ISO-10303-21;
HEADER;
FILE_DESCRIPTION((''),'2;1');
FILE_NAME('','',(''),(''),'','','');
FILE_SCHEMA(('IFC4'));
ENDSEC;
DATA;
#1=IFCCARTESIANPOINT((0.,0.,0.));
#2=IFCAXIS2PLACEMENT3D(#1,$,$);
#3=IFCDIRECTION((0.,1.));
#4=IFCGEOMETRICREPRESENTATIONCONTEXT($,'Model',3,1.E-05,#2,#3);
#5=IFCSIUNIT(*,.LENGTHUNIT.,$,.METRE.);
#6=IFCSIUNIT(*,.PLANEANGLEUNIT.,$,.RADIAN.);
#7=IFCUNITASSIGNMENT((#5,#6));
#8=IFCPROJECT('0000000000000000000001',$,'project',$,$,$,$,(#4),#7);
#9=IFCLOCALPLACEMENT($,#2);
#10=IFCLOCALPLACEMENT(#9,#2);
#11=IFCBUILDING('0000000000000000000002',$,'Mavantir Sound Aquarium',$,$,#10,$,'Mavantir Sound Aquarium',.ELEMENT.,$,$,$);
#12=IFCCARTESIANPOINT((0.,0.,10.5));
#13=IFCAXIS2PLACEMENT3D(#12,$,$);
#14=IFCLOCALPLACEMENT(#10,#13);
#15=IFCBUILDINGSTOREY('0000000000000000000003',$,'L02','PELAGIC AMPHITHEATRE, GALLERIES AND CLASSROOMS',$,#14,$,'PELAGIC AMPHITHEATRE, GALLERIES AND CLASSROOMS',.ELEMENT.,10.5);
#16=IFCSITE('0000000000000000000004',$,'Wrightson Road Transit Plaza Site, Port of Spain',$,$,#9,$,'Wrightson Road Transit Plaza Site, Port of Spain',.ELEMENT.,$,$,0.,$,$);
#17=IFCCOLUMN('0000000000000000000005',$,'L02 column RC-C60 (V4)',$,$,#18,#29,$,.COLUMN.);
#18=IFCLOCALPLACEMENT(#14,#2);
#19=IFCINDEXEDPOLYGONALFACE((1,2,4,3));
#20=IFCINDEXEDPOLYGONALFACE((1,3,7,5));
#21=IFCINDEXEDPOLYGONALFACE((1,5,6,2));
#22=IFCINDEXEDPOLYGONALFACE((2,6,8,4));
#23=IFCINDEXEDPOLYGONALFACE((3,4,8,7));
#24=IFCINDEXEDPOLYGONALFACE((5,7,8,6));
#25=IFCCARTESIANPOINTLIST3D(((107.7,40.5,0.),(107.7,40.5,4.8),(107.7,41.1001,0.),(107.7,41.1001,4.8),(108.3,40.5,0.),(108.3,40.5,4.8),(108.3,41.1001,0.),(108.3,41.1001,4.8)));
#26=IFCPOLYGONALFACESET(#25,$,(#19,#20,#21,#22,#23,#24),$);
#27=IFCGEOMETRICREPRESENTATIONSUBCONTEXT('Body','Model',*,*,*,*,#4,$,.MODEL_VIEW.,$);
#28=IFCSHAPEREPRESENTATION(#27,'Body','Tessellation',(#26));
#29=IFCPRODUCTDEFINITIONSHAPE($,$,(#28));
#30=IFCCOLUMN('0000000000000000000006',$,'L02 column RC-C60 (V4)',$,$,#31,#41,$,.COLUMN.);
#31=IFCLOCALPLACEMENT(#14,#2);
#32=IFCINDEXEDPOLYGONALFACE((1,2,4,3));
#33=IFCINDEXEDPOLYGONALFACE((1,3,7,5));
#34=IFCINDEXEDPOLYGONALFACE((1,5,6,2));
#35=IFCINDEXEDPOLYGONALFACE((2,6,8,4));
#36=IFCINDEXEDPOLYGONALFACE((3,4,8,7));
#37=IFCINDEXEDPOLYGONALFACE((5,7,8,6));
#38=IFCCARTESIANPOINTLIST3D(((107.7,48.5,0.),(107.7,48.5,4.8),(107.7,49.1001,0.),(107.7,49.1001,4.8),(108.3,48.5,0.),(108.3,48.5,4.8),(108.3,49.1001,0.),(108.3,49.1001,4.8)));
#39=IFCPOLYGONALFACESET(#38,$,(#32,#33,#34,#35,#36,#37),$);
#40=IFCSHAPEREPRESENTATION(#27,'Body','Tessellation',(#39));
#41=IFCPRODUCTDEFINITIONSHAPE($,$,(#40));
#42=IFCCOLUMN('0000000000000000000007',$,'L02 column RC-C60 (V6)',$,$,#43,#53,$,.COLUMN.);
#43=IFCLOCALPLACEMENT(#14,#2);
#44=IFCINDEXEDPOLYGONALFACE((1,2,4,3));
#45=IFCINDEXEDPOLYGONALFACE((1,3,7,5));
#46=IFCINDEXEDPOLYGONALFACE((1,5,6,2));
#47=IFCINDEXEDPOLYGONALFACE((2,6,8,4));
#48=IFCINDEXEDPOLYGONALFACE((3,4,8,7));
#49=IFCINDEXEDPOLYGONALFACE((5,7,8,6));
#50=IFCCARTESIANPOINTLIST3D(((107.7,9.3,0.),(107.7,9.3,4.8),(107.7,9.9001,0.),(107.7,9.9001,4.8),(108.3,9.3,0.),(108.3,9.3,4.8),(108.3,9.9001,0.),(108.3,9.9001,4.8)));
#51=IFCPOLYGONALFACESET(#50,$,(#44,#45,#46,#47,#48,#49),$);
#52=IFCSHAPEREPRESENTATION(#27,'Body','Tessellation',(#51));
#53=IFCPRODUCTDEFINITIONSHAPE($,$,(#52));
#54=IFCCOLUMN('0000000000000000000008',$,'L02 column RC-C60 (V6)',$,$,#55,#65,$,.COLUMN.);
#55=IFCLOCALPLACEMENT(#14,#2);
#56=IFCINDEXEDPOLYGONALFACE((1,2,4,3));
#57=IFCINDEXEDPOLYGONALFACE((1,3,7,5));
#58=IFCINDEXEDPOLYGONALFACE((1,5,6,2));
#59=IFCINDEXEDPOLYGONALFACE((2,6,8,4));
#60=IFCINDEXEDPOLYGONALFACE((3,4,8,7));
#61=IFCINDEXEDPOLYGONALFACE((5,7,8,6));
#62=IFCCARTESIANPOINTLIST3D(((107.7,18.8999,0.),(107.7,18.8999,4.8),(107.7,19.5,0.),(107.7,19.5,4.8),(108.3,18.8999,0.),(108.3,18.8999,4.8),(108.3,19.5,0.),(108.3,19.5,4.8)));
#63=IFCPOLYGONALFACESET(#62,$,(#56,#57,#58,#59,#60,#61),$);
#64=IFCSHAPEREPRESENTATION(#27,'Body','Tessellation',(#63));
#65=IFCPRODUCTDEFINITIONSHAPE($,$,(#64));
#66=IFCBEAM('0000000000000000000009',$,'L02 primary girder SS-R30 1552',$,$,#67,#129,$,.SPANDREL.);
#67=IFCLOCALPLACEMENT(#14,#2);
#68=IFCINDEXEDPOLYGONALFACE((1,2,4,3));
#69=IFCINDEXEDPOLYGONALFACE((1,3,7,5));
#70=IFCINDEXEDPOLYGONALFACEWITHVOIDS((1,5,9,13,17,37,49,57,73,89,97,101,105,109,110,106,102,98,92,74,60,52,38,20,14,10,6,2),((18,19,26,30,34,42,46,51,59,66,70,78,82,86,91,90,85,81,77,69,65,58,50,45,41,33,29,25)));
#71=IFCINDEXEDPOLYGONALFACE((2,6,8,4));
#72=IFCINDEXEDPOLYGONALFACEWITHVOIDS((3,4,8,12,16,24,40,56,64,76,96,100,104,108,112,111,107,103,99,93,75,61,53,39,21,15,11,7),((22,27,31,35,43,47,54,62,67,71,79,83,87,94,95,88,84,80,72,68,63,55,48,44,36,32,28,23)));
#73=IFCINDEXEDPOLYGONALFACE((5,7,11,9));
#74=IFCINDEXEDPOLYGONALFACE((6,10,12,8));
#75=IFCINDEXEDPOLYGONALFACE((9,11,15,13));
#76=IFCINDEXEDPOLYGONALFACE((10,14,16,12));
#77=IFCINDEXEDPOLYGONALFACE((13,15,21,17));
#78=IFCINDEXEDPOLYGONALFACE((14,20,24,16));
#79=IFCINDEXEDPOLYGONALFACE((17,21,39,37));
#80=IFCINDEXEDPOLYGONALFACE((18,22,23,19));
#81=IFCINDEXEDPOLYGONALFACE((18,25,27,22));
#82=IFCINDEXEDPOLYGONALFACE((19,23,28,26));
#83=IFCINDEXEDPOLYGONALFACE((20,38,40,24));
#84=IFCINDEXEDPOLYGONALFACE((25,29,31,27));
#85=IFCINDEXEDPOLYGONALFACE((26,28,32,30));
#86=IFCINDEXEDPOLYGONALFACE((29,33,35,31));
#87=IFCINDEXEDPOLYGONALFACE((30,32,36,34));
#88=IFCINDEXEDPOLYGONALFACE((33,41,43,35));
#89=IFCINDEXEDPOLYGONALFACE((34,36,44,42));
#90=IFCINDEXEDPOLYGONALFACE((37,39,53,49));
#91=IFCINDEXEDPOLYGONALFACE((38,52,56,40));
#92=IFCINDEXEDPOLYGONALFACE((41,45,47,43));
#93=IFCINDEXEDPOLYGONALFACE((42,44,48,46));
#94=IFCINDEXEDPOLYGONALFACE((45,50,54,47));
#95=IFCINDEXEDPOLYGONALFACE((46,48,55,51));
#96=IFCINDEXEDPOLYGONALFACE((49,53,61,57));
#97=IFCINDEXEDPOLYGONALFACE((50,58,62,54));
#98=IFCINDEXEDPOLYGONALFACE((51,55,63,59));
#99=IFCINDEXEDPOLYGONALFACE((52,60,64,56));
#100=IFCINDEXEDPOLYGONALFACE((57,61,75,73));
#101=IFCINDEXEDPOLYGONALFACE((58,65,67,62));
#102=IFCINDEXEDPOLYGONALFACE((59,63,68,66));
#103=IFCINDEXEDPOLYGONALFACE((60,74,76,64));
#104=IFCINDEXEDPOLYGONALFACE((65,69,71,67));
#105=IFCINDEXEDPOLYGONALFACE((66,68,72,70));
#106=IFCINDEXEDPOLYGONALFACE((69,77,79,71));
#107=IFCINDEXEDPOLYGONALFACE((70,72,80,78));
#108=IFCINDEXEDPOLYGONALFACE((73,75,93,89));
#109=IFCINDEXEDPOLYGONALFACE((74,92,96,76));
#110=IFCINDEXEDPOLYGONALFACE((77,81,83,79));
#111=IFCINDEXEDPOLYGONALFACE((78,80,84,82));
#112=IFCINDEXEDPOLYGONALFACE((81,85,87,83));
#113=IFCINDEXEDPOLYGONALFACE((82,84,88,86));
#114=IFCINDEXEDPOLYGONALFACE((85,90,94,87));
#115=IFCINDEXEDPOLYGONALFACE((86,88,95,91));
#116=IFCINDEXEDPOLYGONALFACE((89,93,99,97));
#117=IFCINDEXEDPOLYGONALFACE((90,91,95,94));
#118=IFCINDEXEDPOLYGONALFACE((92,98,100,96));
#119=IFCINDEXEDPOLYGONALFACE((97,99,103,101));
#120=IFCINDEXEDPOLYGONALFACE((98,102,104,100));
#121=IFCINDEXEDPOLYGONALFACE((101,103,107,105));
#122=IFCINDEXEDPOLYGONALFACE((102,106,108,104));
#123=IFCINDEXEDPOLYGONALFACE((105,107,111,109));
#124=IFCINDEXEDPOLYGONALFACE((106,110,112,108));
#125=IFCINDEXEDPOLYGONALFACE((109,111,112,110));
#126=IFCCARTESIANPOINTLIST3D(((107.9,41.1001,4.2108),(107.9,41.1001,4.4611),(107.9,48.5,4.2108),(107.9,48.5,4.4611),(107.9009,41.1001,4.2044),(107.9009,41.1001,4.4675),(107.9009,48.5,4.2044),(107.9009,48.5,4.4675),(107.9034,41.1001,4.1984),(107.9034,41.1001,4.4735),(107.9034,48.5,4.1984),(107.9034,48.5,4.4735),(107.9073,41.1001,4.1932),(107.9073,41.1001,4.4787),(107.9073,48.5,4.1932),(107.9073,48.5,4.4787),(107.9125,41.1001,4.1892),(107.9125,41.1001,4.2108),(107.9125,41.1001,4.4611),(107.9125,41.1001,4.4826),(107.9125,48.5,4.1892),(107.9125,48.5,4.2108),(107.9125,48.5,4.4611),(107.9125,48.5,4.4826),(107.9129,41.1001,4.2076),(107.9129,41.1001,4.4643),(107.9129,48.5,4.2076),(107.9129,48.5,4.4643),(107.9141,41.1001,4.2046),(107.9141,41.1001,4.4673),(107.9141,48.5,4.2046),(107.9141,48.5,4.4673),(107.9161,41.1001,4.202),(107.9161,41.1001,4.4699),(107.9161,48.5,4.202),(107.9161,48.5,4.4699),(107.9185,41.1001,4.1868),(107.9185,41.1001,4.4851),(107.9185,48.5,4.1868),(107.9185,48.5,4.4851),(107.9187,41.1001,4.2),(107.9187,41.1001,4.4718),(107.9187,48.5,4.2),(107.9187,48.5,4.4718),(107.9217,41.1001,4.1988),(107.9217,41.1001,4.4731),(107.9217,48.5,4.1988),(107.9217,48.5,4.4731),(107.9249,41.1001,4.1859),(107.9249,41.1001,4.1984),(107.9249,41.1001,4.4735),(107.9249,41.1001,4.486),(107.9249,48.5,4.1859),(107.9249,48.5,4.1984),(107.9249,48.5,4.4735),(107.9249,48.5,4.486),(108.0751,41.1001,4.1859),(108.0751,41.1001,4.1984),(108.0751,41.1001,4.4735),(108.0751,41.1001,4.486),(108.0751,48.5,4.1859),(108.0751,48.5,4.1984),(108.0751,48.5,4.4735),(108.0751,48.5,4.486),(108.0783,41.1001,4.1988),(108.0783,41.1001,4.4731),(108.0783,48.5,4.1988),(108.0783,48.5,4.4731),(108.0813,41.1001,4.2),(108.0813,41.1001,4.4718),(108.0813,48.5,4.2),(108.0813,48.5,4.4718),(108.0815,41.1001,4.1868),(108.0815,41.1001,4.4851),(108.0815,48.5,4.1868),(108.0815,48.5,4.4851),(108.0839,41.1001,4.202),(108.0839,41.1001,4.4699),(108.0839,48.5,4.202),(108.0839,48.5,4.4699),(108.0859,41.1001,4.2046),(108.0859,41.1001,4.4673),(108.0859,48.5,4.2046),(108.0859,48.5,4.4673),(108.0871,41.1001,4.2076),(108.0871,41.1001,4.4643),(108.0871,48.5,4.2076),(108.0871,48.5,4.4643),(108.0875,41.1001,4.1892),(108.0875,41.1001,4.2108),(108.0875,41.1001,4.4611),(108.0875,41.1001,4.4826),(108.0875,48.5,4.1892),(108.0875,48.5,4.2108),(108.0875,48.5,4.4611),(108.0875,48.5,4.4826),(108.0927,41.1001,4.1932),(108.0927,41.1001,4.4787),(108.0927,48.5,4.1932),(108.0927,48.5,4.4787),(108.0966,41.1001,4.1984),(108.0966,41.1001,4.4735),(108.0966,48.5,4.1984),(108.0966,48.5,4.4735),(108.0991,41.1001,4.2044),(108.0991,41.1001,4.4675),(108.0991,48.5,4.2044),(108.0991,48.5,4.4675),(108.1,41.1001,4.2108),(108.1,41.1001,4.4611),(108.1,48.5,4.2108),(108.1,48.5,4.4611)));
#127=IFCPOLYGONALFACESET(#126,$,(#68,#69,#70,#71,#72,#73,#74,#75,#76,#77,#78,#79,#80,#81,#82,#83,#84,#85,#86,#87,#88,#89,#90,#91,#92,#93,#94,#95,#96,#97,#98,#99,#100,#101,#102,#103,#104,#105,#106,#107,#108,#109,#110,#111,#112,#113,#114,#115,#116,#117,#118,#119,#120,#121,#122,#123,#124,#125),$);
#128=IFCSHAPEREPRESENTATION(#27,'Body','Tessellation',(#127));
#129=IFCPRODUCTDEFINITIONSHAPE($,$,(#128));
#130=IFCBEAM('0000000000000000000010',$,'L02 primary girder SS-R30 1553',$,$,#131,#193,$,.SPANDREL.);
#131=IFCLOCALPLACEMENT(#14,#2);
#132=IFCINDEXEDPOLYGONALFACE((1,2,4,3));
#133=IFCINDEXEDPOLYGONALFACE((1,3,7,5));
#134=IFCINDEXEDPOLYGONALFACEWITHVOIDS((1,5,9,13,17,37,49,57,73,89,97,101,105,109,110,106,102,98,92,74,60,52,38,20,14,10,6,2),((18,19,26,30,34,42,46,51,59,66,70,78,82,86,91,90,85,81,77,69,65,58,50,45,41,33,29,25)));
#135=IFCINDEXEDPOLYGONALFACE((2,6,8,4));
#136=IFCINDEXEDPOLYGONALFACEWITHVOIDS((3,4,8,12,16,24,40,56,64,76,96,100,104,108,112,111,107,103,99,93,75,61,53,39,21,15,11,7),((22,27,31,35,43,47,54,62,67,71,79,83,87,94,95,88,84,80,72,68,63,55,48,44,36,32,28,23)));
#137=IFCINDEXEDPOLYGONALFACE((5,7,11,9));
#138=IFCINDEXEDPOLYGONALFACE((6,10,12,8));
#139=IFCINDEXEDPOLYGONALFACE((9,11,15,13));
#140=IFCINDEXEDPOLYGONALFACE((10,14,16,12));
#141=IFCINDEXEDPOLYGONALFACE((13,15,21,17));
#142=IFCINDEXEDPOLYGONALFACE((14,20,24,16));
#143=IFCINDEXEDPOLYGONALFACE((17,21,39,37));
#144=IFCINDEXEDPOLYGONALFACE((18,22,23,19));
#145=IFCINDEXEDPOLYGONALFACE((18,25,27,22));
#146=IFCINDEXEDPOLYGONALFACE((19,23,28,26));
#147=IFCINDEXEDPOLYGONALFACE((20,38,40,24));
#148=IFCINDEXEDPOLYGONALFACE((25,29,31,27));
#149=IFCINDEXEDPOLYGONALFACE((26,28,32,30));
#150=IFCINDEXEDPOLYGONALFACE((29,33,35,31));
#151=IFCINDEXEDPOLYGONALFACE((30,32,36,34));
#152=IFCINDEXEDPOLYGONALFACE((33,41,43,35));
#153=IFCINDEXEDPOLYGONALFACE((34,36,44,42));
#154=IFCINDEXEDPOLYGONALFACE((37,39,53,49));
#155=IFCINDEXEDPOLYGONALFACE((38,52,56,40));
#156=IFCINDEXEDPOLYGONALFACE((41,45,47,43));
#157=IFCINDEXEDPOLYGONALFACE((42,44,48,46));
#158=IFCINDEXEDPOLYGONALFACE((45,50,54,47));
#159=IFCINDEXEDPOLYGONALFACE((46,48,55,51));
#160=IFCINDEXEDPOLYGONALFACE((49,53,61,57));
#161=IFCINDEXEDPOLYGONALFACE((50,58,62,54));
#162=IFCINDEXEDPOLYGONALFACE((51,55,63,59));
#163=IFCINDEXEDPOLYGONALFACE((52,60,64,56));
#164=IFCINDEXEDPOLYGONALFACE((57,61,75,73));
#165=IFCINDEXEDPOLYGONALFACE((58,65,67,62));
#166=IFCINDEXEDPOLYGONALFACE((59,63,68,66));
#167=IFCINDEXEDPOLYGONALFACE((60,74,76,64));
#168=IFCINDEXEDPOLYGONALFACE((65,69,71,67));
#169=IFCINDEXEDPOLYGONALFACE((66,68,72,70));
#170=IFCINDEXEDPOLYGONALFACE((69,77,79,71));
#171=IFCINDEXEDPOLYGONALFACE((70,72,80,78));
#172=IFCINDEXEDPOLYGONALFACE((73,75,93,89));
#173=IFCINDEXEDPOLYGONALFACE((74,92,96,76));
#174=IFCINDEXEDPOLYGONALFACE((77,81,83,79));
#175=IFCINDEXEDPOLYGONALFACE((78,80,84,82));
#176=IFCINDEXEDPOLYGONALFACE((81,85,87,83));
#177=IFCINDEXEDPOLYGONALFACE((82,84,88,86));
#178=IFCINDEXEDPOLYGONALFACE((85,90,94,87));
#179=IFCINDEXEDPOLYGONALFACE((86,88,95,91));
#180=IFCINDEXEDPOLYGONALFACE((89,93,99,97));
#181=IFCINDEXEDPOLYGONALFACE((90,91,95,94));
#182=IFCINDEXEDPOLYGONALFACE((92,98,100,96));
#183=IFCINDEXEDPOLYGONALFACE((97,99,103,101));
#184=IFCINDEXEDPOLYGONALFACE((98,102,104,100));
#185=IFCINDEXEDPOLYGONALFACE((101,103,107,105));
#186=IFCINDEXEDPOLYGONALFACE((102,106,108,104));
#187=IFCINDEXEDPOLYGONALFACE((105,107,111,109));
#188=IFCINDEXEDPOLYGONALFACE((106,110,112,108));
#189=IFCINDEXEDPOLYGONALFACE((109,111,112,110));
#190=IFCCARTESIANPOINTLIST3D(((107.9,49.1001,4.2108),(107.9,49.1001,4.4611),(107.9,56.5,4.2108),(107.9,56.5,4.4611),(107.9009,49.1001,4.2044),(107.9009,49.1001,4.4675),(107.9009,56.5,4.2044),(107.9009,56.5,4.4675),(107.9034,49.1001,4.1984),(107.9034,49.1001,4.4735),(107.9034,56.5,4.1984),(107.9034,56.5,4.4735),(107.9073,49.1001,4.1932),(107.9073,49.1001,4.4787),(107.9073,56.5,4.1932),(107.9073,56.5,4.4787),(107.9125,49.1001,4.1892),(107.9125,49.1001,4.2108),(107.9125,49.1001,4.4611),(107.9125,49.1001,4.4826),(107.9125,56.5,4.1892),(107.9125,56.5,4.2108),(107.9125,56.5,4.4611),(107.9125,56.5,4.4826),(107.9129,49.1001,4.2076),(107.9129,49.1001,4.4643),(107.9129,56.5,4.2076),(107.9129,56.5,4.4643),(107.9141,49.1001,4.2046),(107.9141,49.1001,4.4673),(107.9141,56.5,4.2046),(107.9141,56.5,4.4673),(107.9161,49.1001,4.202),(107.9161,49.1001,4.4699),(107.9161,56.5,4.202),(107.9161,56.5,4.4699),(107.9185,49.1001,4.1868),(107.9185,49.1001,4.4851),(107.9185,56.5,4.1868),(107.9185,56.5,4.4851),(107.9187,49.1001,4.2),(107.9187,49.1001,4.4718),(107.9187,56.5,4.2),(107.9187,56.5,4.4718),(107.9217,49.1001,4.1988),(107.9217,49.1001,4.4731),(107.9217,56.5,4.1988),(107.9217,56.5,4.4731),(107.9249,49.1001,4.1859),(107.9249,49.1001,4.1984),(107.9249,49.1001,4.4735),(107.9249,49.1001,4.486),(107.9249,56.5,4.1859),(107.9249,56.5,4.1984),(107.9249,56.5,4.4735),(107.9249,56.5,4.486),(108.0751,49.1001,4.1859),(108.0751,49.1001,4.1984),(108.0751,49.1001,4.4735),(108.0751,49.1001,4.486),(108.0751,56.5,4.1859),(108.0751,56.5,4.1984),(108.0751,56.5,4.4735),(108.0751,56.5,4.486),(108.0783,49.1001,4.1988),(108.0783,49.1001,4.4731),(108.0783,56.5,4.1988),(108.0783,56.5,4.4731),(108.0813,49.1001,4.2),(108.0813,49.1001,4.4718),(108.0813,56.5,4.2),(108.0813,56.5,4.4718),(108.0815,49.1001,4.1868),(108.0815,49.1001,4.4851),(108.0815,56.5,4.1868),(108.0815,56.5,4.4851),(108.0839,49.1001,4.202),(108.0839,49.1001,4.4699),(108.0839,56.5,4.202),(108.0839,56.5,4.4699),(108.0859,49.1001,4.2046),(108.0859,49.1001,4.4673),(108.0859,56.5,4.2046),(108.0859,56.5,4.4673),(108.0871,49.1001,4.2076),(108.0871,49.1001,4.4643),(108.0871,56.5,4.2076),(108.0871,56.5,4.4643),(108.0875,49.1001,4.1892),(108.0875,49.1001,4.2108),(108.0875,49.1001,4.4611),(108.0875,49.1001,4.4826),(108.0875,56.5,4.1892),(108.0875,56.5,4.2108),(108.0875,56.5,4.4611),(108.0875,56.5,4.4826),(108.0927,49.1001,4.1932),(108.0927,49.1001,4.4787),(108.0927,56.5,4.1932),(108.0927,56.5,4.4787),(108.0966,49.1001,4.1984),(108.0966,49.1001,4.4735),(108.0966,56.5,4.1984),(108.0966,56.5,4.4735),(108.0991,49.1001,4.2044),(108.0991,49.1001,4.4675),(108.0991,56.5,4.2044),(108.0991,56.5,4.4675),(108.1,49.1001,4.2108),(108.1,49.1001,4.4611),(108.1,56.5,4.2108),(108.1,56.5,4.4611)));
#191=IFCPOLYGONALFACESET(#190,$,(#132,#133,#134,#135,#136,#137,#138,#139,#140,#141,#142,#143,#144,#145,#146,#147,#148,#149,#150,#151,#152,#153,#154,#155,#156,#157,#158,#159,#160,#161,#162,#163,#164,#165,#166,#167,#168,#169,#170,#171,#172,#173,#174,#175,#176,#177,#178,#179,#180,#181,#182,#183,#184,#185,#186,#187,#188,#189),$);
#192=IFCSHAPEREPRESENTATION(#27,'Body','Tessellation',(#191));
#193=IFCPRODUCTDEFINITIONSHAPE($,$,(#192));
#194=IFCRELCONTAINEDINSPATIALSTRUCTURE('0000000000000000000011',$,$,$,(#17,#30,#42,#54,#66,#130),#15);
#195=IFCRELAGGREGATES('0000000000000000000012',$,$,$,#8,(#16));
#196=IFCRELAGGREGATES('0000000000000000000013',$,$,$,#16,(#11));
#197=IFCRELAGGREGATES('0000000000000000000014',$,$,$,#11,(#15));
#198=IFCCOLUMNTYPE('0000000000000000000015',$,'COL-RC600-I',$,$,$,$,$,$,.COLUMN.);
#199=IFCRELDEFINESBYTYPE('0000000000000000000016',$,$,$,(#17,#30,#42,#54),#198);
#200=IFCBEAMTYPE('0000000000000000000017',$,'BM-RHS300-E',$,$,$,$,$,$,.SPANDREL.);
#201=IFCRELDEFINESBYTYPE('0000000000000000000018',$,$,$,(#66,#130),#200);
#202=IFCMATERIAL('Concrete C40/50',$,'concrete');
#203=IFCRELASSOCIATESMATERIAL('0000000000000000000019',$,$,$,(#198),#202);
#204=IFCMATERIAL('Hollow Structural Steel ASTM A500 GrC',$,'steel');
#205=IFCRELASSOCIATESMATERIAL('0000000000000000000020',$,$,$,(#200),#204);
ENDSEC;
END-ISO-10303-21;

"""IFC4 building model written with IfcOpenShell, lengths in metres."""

from ifc_helpers import new_model, si_unit, direction, frame, origin, origin_2d, place, context, subcontext, project, spatial, rectangle, hollow_rectangle, extrude, material, material_profile, profile_set, type_object, element, save


model = new_model("IFC4")

# Units and contexts
model_context = context("Model", 3, precision=1e-05, world=origin(), true_north=direction((0.0, 1.0)))
body_context = subcontext(model_context, "Body", "Model", "MODEL_VIEW")
ifc_project = project(units=[si_unit("LENGTHUNIT", "METRE"), si_unit("PLANEANGLEUNIT", "RADIAN")], contexts=[model_context])

# Site, building, storey
site_placement = place(None, origin())
site = spatial("IfcSite", under=ifc_project, at=site_placement, Name="Wrightson Road Transit Plaza Site, Port of Spain", LongName="Wrightson Road Transit Plaza Site, Port of Spain", CompositionType="ELEMENT", RefElevation=0.0)
building_placement = place(site_placement, origin())
building = spatial("IfcBuilding", under=site, at=building_placement, Name="Mavantir Sound Aquarium", LongName="Mavantir Sound Aquarium", CompositionType="ELEMENT")
storey_placement = place(building_placement, frame((0.0, 0.0, 10.5)))
storey = spatial("IfcBuildingStorey", under=building, at=storey_placement, Name="L02", Description="PELAGIC AMPHITHEATRE, GALLERIES AND CLASSROOMS", LongName="PELAGIC AMPHITHEATRE, GALLERIES AND CLASSROOMS", CompositionType="ELEMENT", Elevation=10.5)

# Columns
ifc_material_1 = material(Name="Concrete C40/50", Category="concrete")
ifc_material_profile_1 = material_profile(ifc_material_1, rectangle(XDim=0.6001, YDim=0.6001, at=origin_2d()), Name="RC 600X600")
ifc_profile_set_1 = profile_set([ifc_material_profile_1], Name="Concrete C40/50")
column_type = type_object("IfcColumnType", Name="COL-RC600-I", PredefinedType="COLUMN", material=ifc_profile_set_1)
for number, where, z_axis, x_axis, name in (
    (1, (108.0, 40.8, 0.0), (0.0, 0.0, 1.0), (1.0, 0.0, 0.0), "L02 column RC-C60 (V4)"),
    (2, (108.0, 48.8, 0.0), (0.0, 0.0, 1.0), (1.0, 0.0, 0.0), "L02 column RC-C60 (V4)"),
    (3, (108.0, 9.6001, 0.0), (0.0, 0.0, 1.0), (1.0, 0.0, 0.0), "L02 column RC-C60 (V6)"),
    (4, (108.0, 19.2, 0.0), (0.0, 0.0, 1.0), (1.0, 0.0, 0.0), "L02 column RC-C60 (V6)"),
):
    element("IfcColumn", number, at=place(storey_placement, frame(where, z_axis=z_axis, x_axis=x_axis)), inside=storey, type_object=column_type, Name=name, PredefinedType="COLUMN", context=body_context, shape_type="SweptSolid", body=[
        extrude(rectangle(XDim=0.6001, YDim=0.6001, at=origin_2d()), origin(), (0.0, 0.0, 1.0), 4.8),
    ])

# Beams
ifc_material_2 = material(Name="Hollow Structural Steel ASTM A500 GrC", Category="steel")
ifc_material_profile_2 = material_profile(ifc_material_2, hollow_rectangle(XDim=0.2, YDim=0.3, WallThickness=0.0125, InnerFilletRadius=0.0125, OuterFilletRadius=0.0249, at=origin_2d()), Name="RHS 300X200X12.5")
ifc_profile_set_2 = profile_set([ifc_material_profile_2], Name="Hollow Structural Steel ASTM A500 GrC")
beam_type_1 = type_object("IfcBeamType", Name="BM-RHS300-E", PredefinedType="SPANDREL", material=ifc_profile_set_2)
for number, where, z_axis, x_axis, name in (
    (5, (108.0, 41.1001, 4.3359), (0.0, 1.0, 0.0), (-1.0, 0.0, 0.0), "L02 primary girder SS-R30 1552"),
    (6, (108.0, 49.1001, 4.3359), (0.0, 1.0, 0.0), (-1.0, 0.0, 0.0), "L02 primary girder SS-R30 1553"),
):
    element("IfcBeam", number, at=place(storey_placement, frame(where, z_axis=z_axis, x_axis=x_axis)), inside=storey, type_object=beam_type_1, Name=name, PredefinedType="SPANDREL", context=body_context, shape_type="SweptSolid", body=[
        extrude(hollow_rectangle(XDim=0.2, YDim=0.3, WallThickness=0.0125, InnerFilletRadius=0.0125, OuterFilletRadius=0.0249, at=origin_2d()), origin(), (0.0, 0.0, 1.0), 7.3999),
    ])

save(model, "model.ifc")
